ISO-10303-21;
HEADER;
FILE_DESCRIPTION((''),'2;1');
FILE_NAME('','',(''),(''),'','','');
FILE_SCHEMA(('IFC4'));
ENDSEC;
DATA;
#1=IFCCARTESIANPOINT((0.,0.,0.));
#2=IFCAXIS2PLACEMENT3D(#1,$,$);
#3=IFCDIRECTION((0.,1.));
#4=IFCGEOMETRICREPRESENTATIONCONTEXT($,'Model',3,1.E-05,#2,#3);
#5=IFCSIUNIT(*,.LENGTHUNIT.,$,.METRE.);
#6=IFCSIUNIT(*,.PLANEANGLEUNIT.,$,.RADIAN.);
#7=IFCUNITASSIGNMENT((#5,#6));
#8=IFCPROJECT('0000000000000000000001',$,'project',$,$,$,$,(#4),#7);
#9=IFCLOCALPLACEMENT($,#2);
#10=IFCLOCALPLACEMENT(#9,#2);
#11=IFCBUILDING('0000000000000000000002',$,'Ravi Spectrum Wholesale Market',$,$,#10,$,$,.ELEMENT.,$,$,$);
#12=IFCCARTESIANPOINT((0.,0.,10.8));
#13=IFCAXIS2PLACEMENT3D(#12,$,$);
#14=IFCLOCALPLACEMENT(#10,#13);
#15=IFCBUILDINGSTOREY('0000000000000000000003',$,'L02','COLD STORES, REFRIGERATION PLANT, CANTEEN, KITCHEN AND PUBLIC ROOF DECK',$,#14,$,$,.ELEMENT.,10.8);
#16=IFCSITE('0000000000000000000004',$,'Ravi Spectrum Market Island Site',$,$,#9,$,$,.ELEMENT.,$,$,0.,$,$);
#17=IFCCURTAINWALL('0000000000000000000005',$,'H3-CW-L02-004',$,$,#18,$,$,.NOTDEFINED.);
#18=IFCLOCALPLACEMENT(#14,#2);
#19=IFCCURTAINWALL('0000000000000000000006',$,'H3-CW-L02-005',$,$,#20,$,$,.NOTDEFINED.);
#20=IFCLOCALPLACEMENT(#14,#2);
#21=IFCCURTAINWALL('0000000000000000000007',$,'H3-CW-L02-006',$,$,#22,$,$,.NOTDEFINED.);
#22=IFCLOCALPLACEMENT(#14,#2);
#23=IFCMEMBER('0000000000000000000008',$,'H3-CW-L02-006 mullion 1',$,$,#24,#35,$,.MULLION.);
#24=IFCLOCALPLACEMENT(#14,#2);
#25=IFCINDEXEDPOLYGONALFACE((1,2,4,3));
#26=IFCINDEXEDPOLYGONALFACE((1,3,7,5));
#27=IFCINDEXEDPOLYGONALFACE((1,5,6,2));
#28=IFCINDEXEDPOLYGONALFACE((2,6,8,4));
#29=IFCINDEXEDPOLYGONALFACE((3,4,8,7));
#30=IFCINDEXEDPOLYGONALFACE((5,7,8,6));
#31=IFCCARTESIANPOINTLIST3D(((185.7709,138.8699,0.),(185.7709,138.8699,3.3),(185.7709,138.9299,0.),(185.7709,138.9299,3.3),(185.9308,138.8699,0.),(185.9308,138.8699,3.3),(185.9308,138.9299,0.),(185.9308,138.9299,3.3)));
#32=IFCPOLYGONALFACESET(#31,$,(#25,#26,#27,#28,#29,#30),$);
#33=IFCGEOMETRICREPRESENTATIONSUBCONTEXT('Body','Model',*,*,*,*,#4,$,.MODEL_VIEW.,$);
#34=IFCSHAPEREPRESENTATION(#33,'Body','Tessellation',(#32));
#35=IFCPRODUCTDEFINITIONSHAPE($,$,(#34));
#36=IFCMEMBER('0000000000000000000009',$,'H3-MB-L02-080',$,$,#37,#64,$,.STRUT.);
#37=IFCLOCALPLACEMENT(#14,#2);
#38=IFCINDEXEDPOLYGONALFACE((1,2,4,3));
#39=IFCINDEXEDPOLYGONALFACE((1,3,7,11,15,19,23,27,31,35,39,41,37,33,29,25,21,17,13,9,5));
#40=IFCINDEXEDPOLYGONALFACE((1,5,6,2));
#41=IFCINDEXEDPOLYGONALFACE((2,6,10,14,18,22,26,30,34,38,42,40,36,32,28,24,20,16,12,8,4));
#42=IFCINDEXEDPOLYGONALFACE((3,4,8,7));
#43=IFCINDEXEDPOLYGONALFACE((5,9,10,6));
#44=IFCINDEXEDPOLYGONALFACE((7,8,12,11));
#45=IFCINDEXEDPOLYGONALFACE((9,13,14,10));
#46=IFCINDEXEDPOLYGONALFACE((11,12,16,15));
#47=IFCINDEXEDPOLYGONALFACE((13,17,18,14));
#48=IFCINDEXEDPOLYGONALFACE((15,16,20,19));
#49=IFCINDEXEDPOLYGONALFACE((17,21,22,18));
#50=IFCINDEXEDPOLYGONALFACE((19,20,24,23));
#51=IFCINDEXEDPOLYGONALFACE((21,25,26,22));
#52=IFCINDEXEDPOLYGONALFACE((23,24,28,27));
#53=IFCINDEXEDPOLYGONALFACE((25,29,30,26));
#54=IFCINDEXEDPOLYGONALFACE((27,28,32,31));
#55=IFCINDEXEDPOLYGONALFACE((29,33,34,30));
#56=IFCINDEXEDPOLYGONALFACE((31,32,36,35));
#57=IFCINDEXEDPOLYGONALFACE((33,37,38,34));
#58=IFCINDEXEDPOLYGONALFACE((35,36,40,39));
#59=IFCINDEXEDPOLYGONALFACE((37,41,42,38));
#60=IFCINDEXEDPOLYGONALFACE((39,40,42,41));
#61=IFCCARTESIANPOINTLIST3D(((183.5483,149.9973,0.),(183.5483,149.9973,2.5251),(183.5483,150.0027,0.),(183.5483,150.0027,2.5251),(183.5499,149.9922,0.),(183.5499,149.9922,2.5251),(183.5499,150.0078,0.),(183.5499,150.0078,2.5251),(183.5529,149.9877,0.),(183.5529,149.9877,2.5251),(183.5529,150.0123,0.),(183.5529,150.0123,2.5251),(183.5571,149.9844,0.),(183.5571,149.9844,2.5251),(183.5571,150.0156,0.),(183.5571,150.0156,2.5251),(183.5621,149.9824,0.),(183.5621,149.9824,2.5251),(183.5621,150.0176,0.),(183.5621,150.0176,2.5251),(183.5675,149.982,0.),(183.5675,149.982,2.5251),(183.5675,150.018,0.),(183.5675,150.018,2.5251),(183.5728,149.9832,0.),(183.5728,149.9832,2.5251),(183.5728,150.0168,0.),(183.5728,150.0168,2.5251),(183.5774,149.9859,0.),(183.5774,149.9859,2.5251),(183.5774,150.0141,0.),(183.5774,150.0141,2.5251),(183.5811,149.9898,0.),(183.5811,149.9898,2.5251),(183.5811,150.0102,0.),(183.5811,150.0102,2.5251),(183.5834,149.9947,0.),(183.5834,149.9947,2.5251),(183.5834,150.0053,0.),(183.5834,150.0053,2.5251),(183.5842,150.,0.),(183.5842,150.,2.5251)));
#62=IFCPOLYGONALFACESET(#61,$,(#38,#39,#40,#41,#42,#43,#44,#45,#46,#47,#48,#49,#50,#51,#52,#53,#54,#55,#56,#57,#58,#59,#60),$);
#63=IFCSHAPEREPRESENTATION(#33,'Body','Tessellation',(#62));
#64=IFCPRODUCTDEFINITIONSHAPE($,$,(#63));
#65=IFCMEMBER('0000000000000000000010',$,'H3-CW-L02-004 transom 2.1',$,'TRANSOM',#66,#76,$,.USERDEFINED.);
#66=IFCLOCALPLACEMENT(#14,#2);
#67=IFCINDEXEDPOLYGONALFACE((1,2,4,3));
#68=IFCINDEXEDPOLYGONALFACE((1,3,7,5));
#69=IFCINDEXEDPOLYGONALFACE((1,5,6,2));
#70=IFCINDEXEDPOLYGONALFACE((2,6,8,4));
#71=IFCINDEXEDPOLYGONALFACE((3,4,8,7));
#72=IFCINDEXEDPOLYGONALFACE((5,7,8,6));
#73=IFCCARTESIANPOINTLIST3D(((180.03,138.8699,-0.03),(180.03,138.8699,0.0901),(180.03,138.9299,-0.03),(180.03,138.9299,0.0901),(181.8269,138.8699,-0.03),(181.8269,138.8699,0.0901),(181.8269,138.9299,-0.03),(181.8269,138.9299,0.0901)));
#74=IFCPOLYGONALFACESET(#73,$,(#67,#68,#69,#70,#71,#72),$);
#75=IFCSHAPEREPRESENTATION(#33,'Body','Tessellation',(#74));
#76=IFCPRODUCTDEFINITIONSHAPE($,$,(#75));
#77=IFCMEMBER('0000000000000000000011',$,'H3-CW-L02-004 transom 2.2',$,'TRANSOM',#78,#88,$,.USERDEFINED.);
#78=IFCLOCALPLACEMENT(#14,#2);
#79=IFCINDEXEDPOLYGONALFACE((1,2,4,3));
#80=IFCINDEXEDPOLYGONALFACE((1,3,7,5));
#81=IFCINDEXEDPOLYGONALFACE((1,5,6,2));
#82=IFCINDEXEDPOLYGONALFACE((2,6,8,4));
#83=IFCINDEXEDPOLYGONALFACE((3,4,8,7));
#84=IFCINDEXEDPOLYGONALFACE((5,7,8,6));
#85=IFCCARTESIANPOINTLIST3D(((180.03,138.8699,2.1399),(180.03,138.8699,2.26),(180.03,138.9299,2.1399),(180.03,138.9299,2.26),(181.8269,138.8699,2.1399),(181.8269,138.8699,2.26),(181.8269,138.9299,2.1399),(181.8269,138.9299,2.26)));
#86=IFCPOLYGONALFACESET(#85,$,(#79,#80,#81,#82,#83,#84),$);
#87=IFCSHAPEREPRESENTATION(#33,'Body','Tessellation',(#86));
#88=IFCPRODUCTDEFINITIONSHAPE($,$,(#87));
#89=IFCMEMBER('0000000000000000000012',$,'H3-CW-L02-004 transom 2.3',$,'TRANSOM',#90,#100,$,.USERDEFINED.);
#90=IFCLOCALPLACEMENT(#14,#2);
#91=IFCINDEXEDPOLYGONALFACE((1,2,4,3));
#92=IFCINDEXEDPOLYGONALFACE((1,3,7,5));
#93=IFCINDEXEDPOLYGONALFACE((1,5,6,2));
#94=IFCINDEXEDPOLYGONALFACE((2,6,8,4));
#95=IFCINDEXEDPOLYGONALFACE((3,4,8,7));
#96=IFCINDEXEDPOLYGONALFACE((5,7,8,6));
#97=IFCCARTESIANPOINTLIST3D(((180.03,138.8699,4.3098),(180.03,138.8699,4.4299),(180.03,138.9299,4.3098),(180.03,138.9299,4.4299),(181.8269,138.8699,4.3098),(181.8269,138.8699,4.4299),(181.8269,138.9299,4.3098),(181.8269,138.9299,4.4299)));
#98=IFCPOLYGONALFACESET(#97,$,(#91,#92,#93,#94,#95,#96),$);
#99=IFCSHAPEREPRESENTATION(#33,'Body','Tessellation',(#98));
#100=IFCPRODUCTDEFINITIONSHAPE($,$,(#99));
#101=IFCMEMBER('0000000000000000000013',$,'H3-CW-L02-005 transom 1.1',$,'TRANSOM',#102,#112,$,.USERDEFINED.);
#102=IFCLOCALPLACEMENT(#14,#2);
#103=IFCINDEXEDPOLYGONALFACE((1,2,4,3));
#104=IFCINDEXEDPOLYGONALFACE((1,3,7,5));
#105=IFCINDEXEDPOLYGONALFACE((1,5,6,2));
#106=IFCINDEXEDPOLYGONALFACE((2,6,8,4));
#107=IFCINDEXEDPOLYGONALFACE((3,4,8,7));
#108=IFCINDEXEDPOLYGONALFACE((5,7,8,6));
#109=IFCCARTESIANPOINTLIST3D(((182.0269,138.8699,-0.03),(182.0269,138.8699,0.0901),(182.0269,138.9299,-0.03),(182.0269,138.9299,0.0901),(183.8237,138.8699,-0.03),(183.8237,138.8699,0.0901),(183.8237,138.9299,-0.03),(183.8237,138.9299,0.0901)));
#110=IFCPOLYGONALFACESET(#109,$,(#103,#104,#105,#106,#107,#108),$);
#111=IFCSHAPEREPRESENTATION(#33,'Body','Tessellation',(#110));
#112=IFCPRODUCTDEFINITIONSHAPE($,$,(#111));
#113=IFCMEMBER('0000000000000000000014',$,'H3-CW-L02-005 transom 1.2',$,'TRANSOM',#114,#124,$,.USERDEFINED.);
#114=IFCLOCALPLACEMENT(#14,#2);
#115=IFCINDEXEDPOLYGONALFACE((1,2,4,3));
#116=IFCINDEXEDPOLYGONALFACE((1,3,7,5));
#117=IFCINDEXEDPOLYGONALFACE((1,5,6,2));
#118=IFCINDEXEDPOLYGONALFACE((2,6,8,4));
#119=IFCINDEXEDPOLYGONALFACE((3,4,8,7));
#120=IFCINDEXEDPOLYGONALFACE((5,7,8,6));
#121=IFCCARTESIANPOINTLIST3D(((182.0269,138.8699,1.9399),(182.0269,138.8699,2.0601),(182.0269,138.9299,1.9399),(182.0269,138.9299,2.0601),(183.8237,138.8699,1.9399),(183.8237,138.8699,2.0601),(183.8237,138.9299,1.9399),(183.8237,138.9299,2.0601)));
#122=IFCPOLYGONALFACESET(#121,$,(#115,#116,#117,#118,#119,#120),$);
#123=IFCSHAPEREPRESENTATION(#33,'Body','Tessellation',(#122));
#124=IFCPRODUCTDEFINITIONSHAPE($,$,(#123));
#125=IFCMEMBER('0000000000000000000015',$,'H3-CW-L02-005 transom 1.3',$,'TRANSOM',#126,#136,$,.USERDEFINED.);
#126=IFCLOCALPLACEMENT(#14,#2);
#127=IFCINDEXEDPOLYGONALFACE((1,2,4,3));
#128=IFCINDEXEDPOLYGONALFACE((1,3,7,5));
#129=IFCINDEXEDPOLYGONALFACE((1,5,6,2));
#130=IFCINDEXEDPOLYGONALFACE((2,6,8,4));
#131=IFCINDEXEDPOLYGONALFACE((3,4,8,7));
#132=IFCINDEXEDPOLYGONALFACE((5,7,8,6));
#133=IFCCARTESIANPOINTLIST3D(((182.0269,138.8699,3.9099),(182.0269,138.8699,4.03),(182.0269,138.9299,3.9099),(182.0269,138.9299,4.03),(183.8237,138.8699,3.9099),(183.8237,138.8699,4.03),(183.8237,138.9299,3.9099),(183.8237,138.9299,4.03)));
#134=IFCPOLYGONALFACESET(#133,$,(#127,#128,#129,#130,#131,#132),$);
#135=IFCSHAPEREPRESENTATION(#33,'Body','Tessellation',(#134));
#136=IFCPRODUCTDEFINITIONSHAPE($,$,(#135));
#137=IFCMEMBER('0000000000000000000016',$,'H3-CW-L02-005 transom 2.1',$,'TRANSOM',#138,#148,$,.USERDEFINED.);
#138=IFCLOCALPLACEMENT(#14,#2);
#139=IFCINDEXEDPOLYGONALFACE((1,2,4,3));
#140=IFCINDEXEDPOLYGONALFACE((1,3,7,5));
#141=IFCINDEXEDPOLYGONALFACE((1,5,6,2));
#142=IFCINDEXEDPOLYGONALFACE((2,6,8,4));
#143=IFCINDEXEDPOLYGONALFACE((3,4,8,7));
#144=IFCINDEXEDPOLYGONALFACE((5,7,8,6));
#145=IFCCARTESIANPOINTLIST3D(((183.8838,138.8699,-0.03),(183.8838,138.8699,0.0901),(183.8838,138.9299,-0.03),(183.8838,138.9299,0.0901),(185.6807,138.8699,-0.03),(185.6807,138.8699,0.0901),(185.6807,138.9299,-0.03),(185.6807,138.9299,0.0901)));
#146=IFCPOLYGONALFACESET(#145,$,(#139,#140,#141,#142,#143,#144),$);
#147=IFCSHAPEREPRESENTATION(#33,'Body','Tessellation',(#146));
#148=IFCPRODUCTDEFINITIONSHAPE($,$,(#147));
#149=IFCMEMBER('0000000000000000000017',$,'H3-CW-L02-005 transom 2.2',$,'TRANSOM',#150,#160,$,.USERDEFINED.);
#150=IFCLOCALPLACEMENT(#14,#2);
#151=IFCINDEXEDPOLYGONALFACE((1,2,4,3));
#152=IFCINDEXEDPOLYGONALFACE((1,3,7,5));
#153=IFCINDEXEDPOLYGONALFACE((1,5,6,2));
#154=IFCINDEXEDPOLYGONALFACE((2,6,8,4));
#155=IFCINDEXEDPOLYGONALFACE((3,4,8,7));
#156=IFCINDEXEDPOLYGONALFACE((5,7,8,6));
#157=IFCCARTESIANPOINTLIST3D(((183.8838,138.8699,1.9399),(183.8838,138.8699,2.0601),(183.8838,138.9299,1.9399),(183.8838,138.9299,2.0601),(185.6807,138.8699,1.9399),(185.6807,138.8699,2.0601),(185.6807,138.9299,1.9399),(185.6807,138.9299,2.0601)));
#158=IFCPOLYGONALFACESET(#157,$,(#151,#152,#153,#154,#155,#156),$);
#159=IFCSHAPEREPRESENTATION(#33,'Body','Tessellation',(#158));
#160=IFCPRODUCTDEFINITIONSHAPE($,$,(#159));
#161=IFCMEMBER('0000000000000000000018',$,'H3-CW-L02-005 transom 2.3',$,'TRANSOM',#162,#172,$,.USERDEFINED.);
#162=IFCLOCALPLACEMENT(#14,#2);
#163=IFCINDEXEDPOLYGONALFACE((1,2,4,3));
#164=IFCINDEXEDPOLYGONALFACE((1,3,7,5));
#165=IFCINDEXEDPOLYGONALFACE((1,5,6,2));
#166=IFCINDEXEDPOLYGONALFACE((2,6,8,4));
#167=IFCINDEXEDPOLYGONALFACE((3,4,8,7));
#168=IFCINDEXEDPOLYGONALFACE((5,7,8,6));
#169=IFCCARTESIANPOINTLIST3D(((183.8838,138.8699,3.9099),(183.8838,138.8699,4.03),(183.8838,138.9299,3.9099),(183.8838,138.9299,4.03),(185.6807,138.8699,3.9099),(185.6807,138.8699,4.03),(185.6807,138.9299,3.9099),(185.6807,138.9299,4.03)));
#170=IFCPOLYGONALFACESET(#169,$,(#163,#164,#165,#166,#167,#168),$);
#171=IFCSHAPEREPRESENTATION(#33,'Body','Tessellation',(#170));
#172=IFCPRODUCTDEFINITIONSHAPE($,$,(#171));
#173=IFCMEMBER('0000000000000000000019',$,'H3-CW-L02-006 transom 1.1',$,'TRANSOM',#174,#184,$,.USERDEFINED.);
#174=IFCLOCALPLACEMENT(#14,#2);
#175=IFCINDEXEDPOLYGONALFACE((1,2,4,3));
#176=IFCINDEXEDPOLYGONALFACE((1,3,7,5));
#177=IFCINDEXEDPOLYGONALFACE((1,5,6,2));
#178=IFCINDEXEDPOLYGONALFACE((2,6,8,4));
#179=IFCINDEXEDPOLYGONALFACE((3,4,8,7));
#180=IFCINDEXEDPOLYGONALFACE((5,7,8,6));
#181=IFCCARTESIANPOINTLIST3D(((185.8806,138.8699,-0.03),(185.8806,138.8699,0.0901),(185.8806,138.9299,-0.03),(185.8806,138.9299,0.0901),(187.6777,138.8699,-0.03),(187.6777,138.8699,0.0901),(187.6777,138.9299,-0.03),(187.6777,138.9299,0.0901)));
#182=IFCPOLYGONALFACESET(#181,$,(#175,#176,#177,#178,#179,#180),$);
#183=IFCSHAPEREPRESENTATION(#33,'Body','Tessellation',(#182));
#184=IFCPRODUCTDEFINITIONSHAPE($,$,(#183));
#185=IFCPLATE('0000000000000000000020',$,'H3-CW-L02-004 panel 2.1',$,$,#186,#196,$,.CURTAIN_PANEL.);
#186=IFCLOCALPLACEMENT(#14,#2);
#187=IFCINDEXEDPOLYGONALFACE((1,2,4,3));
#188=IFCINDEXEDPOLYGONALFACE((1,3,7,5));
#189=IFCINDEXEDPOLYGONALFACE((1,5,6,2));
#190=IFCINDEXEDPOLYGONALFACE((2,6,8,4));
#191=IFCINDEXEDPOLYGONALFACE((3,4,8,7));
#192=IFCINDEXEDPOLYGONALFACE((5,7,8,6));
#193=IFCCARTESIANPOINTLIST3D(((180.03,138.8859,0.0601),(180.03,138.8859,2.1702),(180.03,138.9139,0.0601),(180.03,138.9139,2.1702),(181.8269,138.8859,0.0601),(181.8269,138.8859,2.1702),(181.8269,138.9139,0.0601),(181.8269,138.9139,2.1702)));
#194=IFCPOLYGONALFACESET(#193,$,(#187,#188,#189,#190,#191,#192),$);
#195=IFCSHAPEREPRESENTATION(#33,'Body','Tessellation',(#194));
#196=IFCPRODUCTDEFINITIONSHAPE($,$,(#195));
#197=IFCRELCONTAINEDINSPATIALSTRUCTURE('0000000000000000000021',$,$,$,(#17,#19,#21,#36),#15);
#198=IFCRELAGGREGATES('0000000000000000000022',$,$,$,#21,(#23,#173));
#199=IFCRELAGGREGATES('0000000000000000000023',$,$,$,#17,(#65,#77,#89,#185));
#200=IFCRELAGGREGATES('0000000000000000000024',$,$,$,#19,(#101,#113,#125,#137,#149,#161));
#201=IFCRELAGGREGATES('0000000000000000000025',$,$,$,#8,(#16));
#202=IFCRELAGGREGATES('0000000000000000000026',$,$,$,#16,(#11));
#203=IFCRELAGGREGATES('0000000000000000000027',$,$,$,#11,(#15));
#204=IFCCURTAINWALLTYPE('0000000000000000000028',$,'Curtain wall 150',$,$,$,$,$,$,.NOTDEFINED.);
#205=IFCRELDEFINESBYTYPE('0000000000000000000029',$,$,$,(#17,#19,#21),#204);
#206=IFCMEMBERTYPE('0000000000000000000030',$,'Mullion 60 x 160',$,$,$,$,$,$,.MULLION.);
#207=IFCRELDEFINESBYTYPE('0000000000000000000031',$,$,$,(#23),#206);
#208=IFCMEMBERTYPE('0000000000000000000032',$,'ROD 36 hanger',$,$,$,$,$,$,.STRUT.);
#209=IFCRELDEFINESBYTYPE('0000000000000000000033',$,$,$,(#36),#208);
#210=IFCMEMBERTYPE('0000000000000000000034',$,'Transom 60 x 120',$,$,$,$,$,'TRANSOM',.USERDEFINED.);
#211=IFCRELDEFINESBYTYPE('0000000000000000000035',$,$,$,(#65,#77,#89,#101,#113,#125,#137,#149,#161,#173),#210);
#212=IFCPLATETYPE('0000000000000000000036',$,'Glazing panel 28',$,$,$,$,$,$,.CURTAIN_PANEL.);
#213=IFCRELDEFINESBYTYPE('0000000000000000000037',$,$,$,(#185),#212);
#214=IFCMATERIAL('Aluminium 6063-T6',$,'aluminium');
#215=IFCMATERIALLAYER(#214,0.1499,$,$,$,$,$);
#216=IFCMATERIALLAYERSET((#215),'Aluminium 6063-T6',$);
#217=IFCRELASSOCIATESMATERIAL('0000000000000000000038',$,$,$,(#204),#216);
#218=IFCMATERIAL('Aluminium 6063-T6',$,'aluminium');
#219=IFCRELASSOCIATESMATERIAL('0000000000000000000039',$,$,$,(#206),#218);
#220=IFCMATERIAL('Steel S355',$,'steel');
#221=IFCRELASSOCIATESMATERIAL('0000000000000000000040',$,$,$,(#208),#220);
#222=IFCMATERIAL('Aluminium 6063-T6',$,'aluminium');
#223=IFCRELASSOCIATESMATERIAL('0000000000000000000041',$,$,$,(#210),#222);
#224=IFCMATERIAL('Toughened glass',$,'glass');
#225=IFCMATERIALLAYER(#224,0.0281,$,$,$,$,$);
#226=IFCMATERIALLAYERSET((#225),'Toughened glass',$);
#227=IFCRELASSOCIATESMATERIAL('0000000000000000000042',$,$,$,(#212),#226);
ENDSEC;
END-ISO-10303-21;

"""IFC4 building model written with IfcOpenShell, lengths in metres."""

from ifc_helpers import new_model, si_unit, direction, frame, origin, origin_2d, place, context, subcontext, project, spatial, rectangle, circle, extrude, material, layer, layer_set, material_profile, profile_set, type_object, element, aggregate, save


model = new_model("IFC4")

# Units and contexts
model_context = context("Model", 3, precision=1e-05, world=origin(), true_north=direction((0.0, 1.0)))
body_context = subcontext(model_context, "Body", "Model", "MODEL_VIEW")
ifc_project = project(units=[si_unit("LENGTHUNIT", "METRE"), si_unit("PLANEANGLEUNIT", "RADIAN")], contexts=[model_context])

# Site, building, storey
site_placement = place(None, origin())
site = spatial("IfcSite", under=ifc_project, at=site_placement, Name="Ravi Spectrum Market Island Site", CompositionType="ELEMENT", RefElevation=0.0)
building_placement = place(site_placement, origin())
building = spatial("IfcBuilding", under=site, at=building_placement, Name="Ravi Spectrum Wholesale Market", CompositionType="ELEMENT")
storey_placement = place(building_placement, frame((0.0, 0.0, 10.8)))
storey = spatial("IfcBuildingStorey", under=building, at=storey_placement, Name="L02", Description="COLD STORES, REFRIGERATION PLANT, CANTEEN, KITCHEN AND PUBLIC ROOF DECK", CompositionType="ELEMENT", Elevation=10.8)

# Curtain wall
ifc_material_1 = material(Name="Aluminium 6063-T6", Category="aluminium")
ifc_layer_1 = layer(ifc_material_1, 0.1499)
ifc_layer_set_1 = layer_set([ifc_layer_1], Name="Aluminium 6063-T6")
curtain_wall_type = type_object("IfcCurtainWallType", Name="Curtain wall 150", PredefinedType="NOTDEFINED", material=ifc_layer_set_1)
curtain_wall_1_placement = place(storey_placement, origin())
curtain_wall_1 = element("IfcCurtainWall", 1, at=curtain_wall_1_placement, inside=storey, type_object=curtain_wall_type, Name="H3-CW-L02-004", PredefinedType="NOTDEFINED")
ifc_material_2 = material(Name="Aluminium 6063-T6", Category="aluminium")
ifc_material_profile_1 = material_profile(ifc_material_2, rectangle(XDim=0.0601, YDim=0.1599, at=origin_2d()))
ifc_profile_set_1 = profile_set([ifc_material_profile_1], Name="Aluminium 6063-T6")
member_type_1 = type_object("IfcMemberType", Name="Mullion 60 x 160", PredefinedType="MULLION", material=ifc_profile_set_1)

# Curtain wall
curtain_wall_2_placement = place(storey_placement, origin())
curtain_wall_2 = element("IfcCurtainWall", 2, at=curtain_wall_2_placement, inside=storey, type_object=curtain_wall_type, Name="H3-CW-L02-005", PredefinedType="NOTDEFINED")

# Curtain wall, member
curtain_wall_3_placement = place(storey_placement, origin())
curtain_wall_3 = element("IfcCurtainWall", 3, at=curtain_wall_3_placement, inside=storey, type_object=curtain_wall_type, Name="H3-CW-L02-006", PredefinedType="NOTDEFINED")
member_1_placement = place(storey_placement, frame((185.8508, 138.8999, 0.0), z_axis=(0.0, 0.0, 1.0), x_axis=(0.0, 1.0, 0.0)))
member_1 = element("IfcMember", 4, at=member_1_placement, type_object=member_type_1, Name="H3-CW-L02-006 mullion 1", PredefinedType="MULLION", context=body_context, shape_type="SweptSolid", body=[
    extrude(rectangle(XDim=0.0601, YDim=0.1599, at=origin_2d()), origin(), (0.0, 0.0, 1.0), 3.3),
])

# Members
ifc_material_3 = material(Name="Steel S355", Category="steel")
ifc_material_profile_2 = material_profile(ifc_material_3, circle(Radius=0.0181, at=origin_2d()))
ifc_profile_set_2 = profile_set([ifc_material_profile_2], Name="Steel S355")
member_type_2 = type_object("IfcMemberType", Name="ROD 36 hanger", PredefinedType="STRUT", material=ifc_profile_set_2)
member_2_placement = place(storey_placement, frame((183.5662, 150.0, 0.0), z_axis=(0.0, 0.0, 1.0), x_axis=(1.0, 0.0, 0.0)))
element("IfcMember", 5, at=member_2_placement, inside=storey, type_object=member_type_2, Name="H3-MB-L02-080", PredefinedType="STRUT", context=body_context, shape_type="SweptSolid", body=[
    extrude(circle(Radius=0.0181, at=origin_2d()), origin(), (0.0, 0.0, 1.0), 2.5251),
])
ifc_material_4 = material(Name="Aluminium 6063-T6", Category="aluminium")
ifc_material_profile_3 = material_profile(ifc_material_4, rectangle(XDim=0.0601, YDim=0.1201, at=origin_2d()))
ifc_profile_set_3 = profile_set([ifc_material_profile_3], Name="Aluminium 6063-T6")
member_type_3 = type_object("IfcMemberType", Name="Transom 60 x 120", ElementType="TRANSOM", PredefinedType="USERDEFINED", material=ifc_profile_set_3)
member_3_placement = place(storey_placement, frame((180.03, 138.8999, 0.03), z_axis=(1.0, 0.0, 0.0), x_axis=(0.0, 1.0, 0.0)))
member_3 = element("IfcMember", 6, at=member_3_placement, type_object=member_type_3, Name="H3-CW-L02-004 transom 2.1", ObjectType="TRANSOM", PredefinedType="USERDEFINED", context=body_context, shape_type="SweptSolid", body=[
    extrude(rectangle(XDim=0.0601, YDim=0.1201, at=origin_2d()), origin(), (0.0, 0.0, 1.0), 1.7969),
])
member_4_placement = place(storey_placement, frame((180.03, 138.8999, 2.2), z_axis=(1.0, 0.0, 0.0), x_axis=(0.0, 1.0, 0.0)))
member_4 = element("IfcMember", 7, at=member_4_placement, type_object=member_type_3, Name="H3-CW-L02-004 transom 2.2", ObjectType="TRANSOM", PredefinedType="USERDEFINED", context=body_context, shape_type="SweptSolid", body=[
    extrude(rectangle(XDim=0.0601, YDim=0.1201, at=origin_2d()), origin(), (0.0, 0.0, 1.0), 1.7969),
])
member_5_placement = place(storey_placement, frame((180.03, 138.8999, 4.3699), z_axis=(1.0, 0.0, 0.0), x_axis=(0.0, 1.0, 0.0)))
member_5 = element("IfcMember", 8, at=member_5_placement, type_object=member_type_3, Name="H3-CW-L02-004 transom 2.3", ObjectType="TRANSOM", PredefinedType="USERDEFINED", context=body_context, shape_type="SweptSolid", body=[
    extrude(rectangle(XDim=0.0601, YDim=0.1201, at=origin_2d()), origin(), (0.0, 0.0, 1.0), 1.7969),
])
member_6_placement = place(storey_placement, frame((182.0269, 138.8999, 0.03), z_axis=(1.0, 0.0, 0.0), x_axis=(0.0, 1.0, 0.0)))
member_6 = element("IfcMember", 9, at=member_6_placement, type_object=member_type_3, Name="H3-CW-L02-005 transom 1.1", ObjectType="TRANSOM", PredefinedType="USERDEFINED", context=body_context, shape_type="SweptSolid", body=[
    extrude(rectangle(XDim=0.0601, YDim=0.1201, at=origin_2d()), origin(), (0.0, 0.0, 1.0), 1.7969),
])
member_7_placement = place(storey_placement, frame((182.0269, 138.8999, 2.0), z_axis=(1.0, 0.0, 0.0), x_axis=(0.0, 1.0, 0.0)))
member_7 = element("IfcMember", 10, at=member_7_placement, type_object=member_type_3, Name="H3-CW-L02-005 transom 1.2", ObjectType="TRANSOM", PredefinedType="USERDEFINED", context=body_context, shape_type="SweptSolid", body=[
    extrude(rectangle(XDim=0.0601, YDim=0.1201, at=origin_2d()), origin(), (0.0, 0.0, 1.0), 1.7969),
])
member_8_placement = place(storey_placement, frame((182.0269, 138.8999, 3.97), z_axis=(1.0, 0.0, 0.0), x_axis=(0.0, 1.0, 0.0)))
member_8 = element("IfcMember", 11, at=member_8_placement, type_object=member_type_3, Name="H3-CW-L02-005 transom 1.3", ObjectType="TRANSOM", PredefinedType="USERDEFINED", context=body_context, shape_type="SweptSolid", body=[
    extrude(rectangle(XDim=0.0601, YDim=0.1201, at=origin_2d()), origin(), (0.0, 0.0, 1.0), 1.7969),
])
member_9_placement = place(storey_placement, frame((183.8838, 138.8999, 0.03), z_axis=(1.0, 0.0, 0.0), x_axis=(0.0, 1.0, 0.0)))
member_9 = element("IfcMember", 12, at=member_9_placement, type_object=member_type_3, Name="H3-CW-L02-005 transom 2.1", ObjectType="TRANSOM", PredefinedType="USERDEFINED", context=body_context, shape_type="SweptSolid", body=[
    extrude(rectangle(XDim=0.0601, YDim=0.1201, at=origin_2d()), origin(), (0.0, 0.0, 1.0), 1.7969),
])
member_10_placement = place(storey_placement, frame((183.8838, 138.8999, 2.0), z_axis=(1.0, 0.0, 0.0), x_axis=(0.0, 1.0, 0.0)))
member_10 = element("IfcMember", 13, at=member_10_placement, type_object=member_type_3, Name="H3-CW-L02-005 transom 2.2", ObjectType="TRANSOM", PredefinedType="USERDEFINED", context=body_context, shape_type="SweptSolid", body=[
    extrude(rectangle(XDim=0.0601, YDim=0.1201, at=origin_2d()), origin(), (0.0, 0.0, 1.0), 1.7969),
])
member_11_placement = place(storey_placement, frame((183.8838, 138.8999, 3.97), z_axis=(1.0, 0.0, 0.0), x_axis=(0.0, 1.0, 0.0)))
member_11 = element("IfcMember", 14, at=member_11_placement, type_object=member_type_3, Name="H3-CW-L02-005 transom 2.3", ObjectType="TRANSOM", PredefinedType="USERDEFINED", context=body_context, shape_type="SweptSolid", body=[
    extrude(rectangle(XDim=0.0601, YDim=0.1201, at=origin_2d()), origin(), (0.0, 0.0, 1.0), 1.7969),
])
member_12_placement = place(storey_placement, frame((185.8806, 138.8999, 0.03), z_axis=(1.0, 0.0, 0.0), x_axis=(0.0, 1.0, 0.0)))
member_12 = element("IfcMember", 15, at=member_12_placement, type_object=member_type_3, Name="H3-CW-L02-006 transom 1.1", ObjectType="TRANSOM", PredefinedType="USERDEFINED", context=body_context, shape_type="SweptSolid", body=[
    extrude(rectangle(XDim=0.0601, YDim=0.1201, at=origin_2d()), origin(), (0.0, 0.0, 1.0), 1.7971),
])
aggregate(curtain_wall_3, [member_1, member_12])

# Plate
ifc_material_5 = material(Name="Toughened glass", Category="glass")
ifc_layer_2 = layer(ifc_material_5, 0.0281)
ifc_layer_set_2 = layer_set([ifc_layer_2], Name="Toughened glass")
plate_type_1 = type_object("IfcPlateType", Name="Glazing panel 28", PredefinedType="CURTAIN_PANEL", material=ifc_layer_set_2)
plate_1_placement = place(storey_placement, frame((180.9285, 138.8999, 0.0601), z_axis=(0.0, 0.0, 1.0), x_axis=(1.0, 0.0, 0.0)))
plate_1 = element("IfcPlate", 16, at=plate_1_placement, type_object=plate_type_1, Name="H3-CW-L02-004 panel 2.1", PredefinedType="CURTAIN_PANEL", context=body_context, shape_type="SweptSolid", body=[
    extrude(rectangle(XDim=1.7969, YDim=0.0281, at=origin_2d()), origin(), (0.0, 0.0, 1.0), 2.1101),
])
aggregate(curtain_wall_1, [member_3, member_4, member_5, plate_1])
aggregate(curtain_wall_2, [member_6, member_7, member_8, member_9, member_10, member_11])

save(model, "model.ifc")
